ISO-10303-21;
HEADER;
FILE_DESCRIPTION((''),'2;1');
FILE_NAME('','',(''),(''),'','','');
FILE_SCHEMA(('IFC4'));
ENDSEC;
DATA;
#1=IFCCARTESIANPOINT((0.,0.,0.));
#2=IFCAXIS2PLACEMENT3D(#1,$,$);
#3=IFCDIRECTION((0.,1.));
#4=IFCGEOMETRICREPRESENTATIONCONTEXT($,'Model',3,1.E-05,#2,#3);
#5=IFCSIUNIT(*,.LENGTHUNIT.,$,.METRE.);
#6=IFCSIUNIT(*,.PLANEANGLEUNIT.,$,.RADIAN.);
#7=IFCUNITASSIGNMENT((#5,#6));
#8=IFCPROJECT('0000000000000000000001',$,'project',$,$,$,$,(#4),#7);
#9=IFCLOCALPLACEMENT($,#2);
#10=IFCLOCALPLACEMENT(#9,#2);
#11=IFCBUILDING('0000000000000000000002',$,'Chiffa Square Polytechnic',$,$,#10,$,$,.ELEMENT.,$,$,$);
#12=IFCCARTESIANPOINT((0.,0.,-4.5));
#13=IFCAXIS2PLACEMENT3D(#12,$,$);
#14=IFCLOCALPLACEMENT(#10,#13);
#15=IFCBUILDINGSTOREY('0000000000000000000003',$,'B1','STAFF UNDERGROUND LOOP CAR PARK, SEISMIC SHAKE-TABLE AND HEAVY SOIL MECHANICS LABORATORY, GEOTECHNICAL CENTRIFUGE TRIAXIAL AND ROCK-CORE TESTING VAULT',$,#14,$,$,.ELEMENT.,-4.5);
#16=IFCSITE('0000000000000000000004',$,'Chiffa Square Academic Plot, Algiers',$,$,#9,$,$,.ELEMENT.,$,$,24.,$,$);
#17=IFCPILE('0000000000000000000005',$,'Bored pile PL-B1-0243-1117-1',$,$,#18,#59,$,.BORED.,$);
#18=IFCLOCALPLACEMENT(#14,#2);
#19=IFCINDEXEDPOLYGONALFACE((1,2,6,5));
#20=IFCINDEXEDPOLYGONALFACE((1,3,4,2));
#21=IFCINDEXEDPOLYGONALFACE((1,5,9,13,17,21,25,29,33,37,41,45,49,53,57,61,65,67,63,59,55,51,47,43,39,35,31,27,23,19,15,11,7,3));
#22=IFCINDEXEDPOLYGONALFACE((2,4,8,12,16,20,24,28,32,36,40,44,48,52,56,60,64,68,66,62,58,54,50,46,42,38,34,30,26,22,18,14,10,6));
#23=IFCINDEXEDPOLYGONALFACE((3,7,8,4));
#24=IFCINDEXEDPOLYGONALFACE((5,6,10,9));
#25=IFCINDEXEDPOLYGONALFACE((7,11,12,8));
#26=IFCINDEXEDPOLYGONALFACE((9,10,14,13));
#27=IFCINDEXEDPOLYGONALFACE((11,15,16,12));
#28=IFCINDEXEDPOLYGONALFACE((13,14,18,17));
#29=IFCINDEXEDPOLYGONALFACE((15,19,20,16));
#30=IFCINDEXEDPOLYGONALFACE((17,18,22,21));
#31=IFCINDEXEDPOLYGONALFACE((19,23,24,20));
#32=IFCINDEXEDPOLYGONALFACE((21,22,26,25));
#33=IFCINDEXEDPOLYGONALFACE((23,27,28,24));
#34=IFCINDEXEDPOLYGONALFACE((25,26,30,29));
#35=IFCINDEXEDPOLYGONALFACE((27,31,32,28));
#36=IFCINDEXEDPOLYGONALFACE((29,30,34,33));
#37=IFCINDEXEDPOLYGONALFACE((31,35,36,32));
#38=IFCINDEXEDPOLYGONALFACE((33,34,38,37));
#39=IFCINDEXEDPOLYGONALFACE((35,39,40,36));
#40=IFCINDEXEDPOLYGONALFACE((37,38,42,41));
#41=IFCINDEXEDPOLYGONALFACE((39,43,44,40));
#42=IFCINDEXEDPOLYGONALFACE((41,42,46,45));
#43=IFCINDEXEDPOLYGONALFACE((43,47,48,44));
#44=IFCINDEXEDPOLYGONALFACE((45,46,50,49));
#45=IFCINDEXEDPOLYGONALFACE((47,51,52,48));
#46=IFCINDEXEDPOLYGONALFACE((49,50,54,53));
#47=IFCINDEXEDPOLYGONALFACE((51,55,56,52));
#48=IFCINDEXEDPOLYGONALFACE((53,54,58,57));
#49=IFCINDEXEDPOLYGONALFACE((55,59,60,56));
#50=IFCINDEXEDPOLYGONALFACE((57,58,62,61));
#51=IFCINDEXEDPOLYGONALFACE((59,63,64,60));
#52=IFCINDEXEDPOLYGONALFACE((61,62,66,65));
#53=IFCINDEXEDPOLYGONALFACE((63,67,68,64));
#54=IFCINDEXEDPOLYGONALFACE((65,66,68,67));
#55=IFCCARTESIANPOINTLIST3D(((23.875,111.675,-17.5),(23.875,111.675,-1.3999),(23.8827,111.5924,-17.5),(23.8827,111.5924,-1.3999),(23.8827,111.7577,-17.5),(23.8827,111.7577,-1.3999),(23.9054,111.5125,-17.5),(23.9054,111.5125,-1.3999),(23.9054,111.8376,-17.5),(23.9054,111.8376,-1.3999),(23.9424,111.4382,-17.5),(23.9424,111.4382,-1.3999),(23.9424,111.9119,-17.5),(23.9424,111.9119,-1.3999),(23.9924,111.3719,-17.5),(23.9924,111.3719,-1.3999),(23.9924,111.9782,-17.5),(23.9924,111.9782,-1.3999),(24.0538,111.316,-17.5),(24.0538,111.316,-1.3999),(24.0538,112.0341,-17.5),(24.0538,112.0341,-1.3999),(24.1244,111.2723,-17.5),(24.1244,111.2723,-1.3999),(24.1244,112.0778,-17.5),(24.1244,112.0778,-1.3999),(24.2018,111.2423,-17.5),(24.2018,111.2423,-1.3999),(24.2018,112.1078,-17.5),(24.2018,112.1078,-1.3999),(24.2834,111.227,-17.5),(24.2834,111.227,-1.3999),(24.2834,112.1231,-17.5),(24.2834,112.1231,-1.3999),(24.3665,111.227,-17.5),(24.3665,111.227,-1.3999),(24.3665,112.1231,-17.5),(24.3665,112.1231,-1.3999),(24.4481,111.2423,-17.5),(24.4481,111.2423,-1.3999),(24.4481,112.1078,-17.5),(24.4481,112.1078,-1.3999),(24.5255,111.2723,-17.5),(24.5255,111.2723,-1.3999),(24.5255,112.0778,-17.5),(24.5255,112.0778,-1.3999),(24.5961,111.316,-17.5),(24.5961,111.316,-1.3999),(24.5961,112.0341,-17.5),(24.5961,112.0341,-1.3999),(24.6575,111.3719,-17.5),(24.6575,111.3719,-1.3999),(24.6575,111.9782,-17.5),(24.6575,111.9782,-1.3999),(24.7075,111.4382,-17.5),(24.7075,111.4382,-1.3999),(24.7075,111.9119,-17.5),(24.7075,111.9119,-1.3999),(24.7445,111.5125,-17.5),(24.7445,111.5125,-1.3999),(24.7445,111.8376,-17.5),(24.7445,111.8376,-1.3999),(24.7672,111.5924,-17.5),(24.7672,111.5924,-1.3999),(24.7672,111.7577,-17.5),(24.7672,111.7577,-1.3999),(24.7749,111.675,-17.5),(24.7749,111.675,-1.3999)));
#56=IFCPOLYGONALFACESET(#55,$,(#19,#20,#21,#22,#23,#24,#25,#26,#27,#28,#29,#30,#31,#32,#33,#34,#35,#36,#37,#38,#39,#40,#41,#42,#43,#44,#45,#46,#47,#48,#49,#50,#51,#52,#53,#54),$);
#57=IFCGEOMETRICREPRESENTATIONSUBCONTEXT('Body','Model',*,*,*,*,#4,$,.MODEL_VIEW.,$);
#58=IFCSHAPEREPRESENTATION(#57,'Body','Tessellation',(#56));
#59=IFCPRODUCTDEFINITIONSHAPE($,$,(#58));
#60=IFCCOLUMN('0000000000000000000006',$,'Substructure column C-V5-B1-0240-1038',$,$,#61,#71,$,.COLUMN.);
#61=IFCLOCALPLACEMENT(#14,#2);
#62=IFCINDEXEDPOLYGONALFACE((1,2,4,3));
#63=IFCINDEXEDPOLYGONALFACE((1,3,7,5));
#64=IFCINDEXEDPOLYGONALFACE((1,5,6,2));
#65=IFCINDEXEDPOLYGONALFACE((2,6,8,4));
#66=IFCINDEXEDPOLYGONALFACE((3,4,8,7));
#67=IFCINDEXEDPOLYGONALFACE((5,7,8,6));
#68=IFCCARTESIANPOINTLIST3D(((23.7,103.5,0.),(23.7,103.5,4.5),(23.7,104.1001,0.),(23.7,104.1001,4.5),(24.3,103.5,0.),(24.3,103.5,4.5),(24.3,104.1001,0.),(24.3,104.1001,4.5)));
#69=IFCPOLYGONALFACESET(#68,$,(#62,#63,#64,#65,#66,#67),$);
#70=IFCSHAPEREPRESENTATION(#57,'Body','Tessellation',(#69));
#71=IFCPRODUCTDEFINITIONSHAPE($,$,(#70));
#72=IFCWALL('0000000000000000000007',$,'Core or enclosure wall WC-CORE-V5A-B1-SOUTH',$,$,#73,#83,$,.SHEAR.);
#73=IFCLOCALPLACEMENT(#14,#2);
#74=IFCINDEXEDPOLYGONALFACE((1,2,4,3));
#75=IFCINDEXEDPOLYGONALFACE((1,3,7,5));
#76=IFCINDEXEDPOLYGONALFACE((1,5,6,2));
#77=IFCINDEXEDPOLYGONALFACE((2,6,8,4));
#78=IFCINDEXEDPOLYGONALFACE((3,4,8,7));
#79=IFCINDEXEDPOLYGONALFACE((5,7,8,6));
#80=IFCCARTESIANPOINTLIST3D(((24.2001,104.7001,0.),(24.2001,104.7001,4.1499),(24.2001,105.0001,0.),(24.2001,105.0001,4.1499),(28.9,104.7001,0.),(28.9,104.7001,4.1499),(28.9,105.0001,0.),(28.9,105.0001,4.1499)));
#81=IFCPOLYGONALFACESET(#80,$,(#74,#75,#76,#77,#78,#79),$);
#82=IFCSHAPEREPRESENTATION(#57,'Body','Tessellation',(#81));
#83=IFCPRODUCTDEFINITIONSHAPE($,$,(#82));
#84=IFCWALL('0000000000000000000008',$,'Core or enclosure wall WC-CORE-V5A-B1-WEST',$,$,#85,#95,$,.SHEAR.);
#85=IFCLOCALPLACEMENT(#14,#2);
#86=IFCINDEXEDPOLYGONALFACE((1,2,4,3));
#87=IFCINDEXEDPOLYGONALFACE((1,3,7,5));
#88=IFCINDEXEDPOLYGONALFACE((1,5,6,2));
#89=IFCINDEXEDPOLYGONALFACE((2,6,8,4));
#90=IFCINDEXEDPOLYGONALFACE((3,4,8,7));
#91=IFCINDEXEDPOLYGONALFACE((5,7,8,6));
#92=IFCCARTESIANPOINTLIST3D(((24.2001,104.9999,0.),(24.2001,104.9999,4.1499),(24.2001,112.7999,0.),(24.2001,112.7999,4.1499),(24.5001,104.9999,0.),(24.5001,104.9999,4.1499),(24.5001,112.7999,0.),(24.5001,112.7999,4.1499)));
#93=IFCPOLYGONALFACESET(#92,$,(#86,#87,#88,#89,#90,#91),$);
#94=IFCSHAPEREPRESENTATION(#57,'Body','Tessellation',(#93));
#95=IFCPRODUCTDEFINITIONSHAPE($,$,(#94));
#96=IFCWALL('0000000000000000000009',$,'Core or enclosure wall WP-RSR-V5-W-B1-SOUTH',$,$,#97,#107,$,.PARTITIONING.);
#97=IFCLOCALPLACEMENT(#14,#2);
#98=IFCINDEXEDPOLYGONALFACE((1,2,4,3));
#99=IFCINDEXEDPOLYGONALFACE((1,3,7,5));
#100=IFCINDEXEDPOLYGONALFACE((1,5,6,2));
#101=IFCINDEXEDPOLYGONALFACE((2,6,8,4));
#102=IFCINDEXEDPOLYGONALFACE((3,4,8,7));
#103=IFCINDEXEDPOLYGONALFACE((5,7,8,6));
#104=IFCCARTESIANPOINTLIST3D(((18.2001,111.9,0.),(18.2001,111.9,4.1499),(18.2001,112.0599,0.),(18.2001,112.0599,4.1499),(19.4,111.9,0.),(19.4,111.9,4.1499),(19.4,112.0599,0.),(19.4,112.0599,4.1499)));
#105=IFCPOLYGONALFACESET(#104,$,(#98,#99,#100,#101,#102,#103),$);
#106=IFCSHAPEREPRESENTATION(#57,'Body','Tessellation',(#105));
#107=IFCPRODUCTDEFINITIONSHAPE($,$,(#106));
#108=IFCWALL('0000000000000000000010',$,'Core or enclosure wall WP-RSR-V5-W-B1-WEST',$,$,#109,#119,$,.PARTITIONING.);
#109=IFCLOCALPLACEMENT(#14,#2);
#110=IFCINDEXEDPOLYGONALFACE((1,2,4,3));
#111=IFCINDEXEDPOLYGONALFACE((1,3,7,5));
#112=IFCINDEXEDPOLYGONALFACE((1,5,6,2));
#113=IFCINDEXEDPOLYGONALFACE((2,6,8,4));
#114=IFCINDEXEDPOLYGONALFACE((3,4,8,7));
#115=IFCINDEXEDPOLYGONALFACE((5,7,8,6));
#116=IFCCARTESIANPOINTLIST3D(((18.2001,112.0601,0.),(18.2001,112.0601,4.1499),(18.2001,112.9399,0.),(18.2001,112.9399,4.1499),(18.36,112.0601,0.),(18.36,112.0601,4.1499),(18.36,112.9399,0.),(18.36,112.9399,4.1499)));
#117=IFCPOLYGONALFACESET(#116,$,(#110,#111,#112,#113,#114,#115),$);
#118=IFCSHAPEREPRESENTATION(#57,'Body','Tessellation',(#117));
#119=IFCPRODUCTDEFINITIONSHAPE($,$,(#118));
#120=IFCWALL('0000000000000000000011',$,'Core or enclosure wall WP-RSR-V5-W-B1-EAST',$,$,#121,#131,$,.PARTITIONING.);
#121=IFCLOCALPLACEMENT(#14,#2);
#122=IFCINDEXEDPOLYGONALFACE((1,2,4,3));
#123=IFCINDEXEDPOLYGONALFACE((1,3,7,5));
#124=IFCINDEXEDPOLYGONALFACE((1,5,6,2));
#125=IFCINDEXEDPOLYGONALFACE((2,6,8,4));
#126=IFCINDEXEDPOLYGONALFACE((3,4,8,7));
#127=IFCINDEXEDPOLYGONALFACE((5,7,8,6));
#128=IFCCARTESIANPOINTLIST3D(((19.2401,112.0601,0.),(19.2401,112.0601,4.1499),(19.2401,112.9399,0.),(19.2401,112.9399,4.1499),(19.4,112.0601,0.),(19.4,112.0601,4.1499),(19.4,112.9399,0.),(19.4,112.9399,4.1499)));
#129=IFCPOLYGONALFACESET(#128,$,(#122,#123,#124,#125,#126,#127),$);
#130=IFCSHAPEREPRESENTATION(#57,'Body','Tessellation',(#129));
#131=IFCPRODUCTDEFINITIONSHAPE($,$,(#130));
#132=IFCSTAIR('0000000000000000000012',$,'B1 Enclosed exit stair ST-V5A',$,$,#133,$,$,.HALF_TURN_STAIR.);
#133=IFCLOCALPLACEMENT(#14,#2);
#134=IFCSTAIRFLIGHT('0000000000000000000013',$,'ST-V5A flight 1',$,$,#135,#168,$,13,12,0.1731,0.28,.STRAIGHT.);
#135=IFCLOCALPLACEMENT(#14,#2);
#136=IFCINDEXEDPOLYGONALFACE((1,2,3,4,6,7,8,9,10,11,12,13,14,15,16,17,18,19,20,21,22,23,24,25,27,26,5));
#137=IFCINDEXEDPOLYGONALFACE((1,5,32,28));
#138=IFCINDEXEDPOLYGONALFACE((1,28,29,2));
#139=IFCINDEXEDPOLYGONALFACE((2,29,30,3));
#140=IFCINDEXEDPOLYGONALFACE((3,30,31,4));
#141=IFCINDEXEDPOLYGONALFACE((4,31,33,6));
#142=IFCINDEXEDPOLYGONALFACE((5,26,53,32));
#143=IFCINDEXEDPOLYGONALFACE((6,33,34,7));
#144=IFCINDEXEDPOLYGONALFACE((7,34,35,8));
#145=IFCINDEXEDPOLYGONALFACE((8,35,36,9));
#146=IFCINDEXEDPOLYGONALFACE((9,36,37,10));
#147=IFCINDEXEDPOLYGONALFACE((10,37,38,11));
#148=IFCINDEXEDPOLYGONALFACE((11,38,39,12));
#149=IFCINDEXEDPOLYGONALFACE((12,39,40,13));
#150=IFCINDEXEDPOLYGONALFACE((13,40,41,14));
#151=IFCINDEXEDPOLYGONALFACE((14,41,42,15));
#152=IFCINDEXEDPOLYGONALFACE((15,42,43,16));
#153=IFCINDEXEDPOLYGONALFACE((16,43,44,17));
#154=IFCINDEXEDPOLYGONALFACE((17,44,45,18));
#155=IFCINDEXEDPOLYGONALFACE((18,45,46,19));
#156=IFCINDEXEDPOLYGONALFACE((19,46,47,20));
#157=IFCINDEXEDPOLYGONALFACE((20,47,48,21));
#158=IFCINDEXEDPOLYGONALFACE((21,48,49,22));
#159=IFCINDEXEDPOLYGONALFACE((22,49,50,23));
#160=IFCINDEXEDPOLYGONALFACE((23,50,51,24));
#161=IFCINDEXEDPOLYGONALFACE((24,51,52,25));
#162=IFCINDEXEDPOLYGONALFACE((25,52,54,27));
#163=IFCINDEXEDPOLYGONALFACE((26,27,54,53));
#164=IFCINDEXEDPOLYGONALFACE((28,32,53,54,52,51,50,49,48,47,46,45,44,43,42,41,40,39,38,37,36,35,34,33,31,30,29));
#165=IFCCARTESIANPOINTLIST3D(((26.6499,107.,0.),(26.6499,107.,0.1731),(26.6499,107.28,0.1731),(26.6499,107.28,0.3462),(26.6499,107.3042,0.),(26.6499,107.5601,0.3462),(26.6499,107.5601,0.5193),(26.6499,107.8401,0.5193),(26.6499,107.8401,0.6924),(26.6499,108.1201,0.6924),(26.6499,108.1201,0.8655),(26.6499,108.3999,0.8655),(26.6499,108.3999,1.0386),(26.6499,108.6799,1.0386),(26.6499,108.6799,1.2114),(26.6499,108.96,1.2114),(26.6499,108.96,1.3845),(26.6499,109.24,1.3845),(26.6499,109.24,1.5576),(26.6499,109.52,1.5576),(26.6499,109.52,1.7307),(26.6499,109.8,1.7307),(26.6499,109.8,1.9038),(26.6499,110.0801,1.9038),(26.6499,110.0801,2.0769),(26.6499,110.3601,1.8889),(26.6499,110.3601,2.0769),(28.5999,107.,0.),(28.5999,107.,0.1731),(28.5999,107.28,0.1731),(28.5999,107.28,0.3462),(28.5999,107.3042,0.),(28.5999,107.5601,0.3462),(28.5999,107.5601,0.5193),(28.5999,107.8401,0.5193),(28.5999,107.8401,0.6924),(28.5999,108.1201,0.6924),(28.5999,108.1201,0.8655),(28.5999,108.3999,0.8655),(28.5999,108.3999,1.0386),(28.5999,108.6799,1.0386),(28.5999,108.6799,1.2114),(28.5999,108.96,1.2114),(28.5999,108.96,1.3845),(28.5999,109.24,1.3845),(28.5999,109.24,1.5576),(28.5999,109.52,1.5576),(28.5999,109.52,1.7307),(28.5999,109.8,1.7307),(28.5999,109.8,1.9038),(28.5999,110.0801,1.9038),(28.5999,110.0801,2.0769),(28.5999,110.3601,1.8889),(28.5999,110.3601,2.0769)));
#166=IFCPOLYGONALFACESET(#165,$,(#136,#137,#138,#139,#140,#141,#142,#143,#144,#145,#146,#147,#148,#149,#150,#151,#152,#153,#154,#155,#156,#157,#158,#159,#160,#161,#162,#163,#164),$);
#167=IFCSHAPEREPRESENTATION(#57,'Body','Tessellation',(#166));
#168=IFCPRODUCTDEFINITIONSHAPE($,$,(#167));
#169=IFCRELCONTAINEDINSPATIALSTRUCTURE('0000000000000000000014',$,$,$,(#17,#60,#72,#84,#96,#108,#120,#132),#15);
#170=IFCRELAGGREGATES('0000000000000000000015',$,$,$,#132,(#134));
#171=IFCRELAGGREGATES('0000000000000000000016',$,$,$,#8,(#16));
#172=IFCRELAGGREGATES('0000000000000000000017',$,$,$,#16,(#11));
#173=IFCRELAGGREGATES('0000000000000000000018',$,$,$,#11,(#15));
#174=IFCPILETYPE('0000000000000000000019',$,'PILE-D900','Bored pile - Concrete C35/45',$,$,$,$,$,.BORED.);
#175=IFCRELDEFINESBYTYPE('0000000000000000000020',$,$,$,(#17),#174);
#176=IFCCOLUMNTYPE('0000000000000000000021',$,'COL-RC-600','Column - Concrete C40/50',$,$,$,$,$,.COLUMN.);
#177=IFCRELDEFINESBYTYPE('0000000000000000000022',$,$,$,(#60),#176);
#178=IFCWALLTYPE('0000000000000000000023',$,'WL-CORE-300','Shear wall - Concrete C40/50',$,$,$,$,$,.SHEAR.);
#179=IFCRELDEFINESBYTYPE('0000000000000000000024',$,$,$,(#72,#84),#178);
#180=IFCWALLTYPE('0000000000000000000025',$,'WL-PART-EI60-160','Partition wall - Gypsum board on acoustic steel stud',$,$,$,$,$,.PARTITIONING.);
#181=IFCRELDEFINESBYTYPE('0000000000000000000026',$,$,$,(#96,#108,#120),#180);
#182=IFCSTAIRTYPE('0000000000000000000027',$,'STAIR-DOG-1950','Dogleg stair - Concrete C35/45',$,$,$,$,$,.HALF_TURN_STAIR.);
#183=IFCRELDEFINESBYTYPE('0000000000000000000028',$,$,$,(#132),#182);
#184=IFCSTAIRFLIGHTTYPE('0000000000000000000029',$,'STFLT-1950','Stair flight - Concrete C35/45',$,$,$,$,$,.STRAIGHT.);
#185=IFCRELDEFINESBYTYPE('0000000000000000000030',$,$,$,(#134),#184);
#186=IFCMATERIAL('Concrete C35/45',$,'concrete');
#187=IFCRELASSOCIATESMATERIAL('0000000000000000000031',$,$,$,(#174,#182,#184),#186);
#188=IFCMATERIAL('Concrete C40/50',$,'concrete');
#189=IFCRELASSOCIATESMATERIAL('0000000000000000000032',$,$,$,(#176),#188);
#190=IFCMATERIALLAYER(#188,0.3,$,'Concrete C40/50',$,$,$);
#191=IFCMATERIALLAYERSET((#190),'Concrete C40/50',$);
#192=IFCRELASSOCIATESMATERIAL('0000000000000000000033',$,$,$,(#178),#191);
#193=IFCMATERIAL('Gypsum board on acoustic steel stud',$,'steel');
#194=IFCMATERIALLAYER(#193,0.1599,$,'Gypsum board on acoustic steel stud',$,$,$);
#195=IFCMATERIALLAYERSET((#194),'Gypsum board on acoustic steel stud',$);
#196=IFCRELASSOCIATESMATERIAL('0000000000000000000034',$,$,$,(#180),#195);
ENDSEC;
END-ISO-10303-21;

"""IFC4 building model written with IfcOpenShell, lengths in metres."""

from ifc_helpers import new_model, si_unit, direction, frame, frame_2d, origin, origin_2d, place, context, subcontext, project, spatial, polyline, rectangle, circle, outline, extrude, material, layer, layer_set, material_profile, profile_set, type_object, element, aggregate, save


model = new_model("IFC4")

# Units and contexts
model_context = context("Model", 3, precision=1e-05, world=origin(), true_north=direction((0.0, 1.0)))
body_context = subcontext(model_context, "Body", "Model", "MODEL_VIEW")
ifc_project = project(units=[si_unit("LENGTHUNIT", "METRE"), si_unit("PLANEANGLEUNIT", "RADIAN")], contexts=[model_context])

# Site, building, storey
site_placement = place(None, origin())
site = spatial("IfcSite", under=ifc_project, at=site_placement, Name="Chiffa Square Academic Plot, Algiers", CompositionType="ELEMENT", RefElevation=24.0)
building_placement = place(site_placement, origin())
building = spatial("IfcBuilding", under=site, at=building_placement, Name="Chiffa Square Polytechnic", CompositionType="ELEMENT")
storey_placement = place(building_placement, frame((0.0, 0.0, -4.5)))
storey = spatial("IfcBuildingStorey", under=building, at=storey_placement, Name="B1", Description="STAFF UNDERGROUND LOOP CAR PARK, SEISMIC SHAKE-TABLE AND HEAVY SOIL MECHANICS LABORATORY, GEOTECHNICAL CENTRIFUGE TRIAXIAL AND ROCK-CORE TESTING VAULT", CompositionType="ELEMENT", Elevation=-4.5)

# Shared definitions
ifc_material_1 = material(Name="Concrete C35/45", Category="concrete")

# Pile
ifc_material_profile_1 = material_profile(ifc_material_1, circle(Radius=0.45, at=origin_2d()), Name="PILE D900")
ifc_profile_set_1 = profile_set([ifc_material_profile_1], Name="Concrete C35/45")
pile_type = type_object("IfcPileType", Name="PILE-D900", Description="Bored pile - Concrete C35/45", PredefinedType="BORED", material=ifc_profile_set_1)
pile_1_placement = place(storey_placement, frame((24.325, 111.675, -1.3999), z_axis=(0.0, 0.0, -1.0), x_axis=(1.0, 0.0, 0.0)))
element("IfcPile", 1, at=pile_1_placement, inside=storey, type_object=pile_type, Name="Bored pile PL-B1-0243-1117-1", PredefinedType="BORED", context=body_context, shape_type="SweptSolid", body=[
    extrude(circle(Radius=0.45, at=origin_2d()), origin(), (0.0, 0.0, 1.0), 16.1001),
])

# Column
ifc_material_2 = material(Name="Concrete C40/50", Category="concrete")
ifc_material_profile_2 = material_profile(ifc_material_2, rectangle(XDim=0.6001, YDim=0.6001, at=origin_2d()), Name="RC 600x600")
ifc_profile_set_2 = profile_set([ifc_material_profile_2], Name="Concrete C40/50")
column_type = type_object("IfcColumnType", Name="COL-RC-600", Description="Column - Concrete C40/50", PredefinedType="COLUMN", material=ifc_profile_set_2)
column_placement = place(storey_placement, frame((24.0, 103.8, 0.0), z_axis=(0.0, 0.0, 1.0), x_axis=(1.0, 0.0, 0.0)))
element("IfcColumn", 2, at=column_placement, inside=storey, type_object=column_type, Name="Substructure column C-V5-B1-0240-1038", PredefinedType="COLUMN", context=body_context, shape_type="SweptSolid", body=[
    extrude(rectangle(XDim=0.6001, YDim=0.6001, at=origin_2d()), origin(), (0.0, 0.0, 1.0), 4.5),
])

# Walls
ifc_layer_1 = layer(ifc_material_2, 0.3, Name="Concrete C40/50")
ifc_layer_set_1 = layer_set([ifc_layer_1], Name="Concrete C40/50")
wall_type_1 = type_object("IfcWallType", Name="WL-CORE-300", Description="Shear wall - Concrete C40/50", PredefinedType="SHEAR", material=ifc_layer_set_1)
wall_1_placement = place(storey_placement, frame((24.2, 104.8501, 0.0), z_axis=(0.0, 0.0, 1.0), x_axis=(1.0, 0.0, 0.0)))
element("IfcWall", 3, at=wall_1_placement, inside=storey, type_object=wall_type_1, Name="Core or enclosure wall WC-CORE-V5A-B1-SOUTH", PredefinedType="SHEAR", context=body_context, shape_type="SweptSolid", body=[
    extrude(rectangle(XDim=4.7, YDim=0.3, at=frame_2d((2.3501, 0.0))), origin(), (0.0, 0.0, 1.0), 4.1499),
])
wall_2_placement = place(storey_placement, frame((24.3501, 105.0, 0.0), z_axis=(0.0, 0.0, 1.0), x_axis=(0.0, 1.0, 0.0)))
element("IfcWall", 4, at=wall_2_placement, inside=storey, type_object=wall_type_1, Name="Core or enclosure wall WC-CORE-V5A-B1-WEST", PredefinedType="SHEAR", context=body_context, shape_type="SweptSolid", body=[
    extrude(rectangle(XDim=7.8, YDim=0.3, at=frame_2d((3.8999, 0.0))), origin(), (0.0, 0.0, 1.0), 4.1499),
])

# Walls
ifc_material_3 = material(Name="Gypsum board on acoustic steel stud", Category="steel")
ifc_layer_2 = layer(ifc_material_3, 0.1599, Name="Gypsum board on acoustic steel stud")
ifc_layer_set_2 = layer_set([ifc_layer_2], Name="Gypsum board on acoustic steel stud")
wall_type_2 = type_object("IfcWallType", Name="WL-PART-EI60-160", Description="Partition wall - Gypsum board on acoustic steel stud", PredefinedType="PARTITIONING", material=ifc_layer_set_2)
wall_3_placement = place(storey_placement, frame((18.2, 111.98, 0.0), z_axis=(0.0, 0.0, 1.0), x_axis=(1.0, 0.0, 0.0)))
element("IfcWall", 5, at=wall_3_placement, inside=storey, type_object=wall_type_2, Name="Core or enclosure wall WP-RSR-V5-W-B1-SOUTH", PredefinedType="PARTITIONING", context=body_context, shape_type="SweptSolid", body=[
    extrude(rectangle(XDim=1.2, YDim=0.1599, at=frame_2d((0.6001, 0.0))), origin(), (0.0, 0.0, 1.0), 4.1499),
])
for number, where, z_axis, x_axis, name in (
    (6, (18.28, 112.0601, 0.0), (0.0, 0.0, 1.0), (0.0, 1.0, 0.0), "Core or enclosure wall WP-RSR-V5-W-B1-WEST"),
    (7, (19.3201, 112.0601, 0.0), (0.0, 0.0, 1.0), (0.0, 1.0, 0.0), "Core or enclosure wall WP-RSR-V5-W-B1-EAST"),
):
    element("IfcWall", number, at=place(storey_placement, frame(where, z_axis=z_axis, x_axis=x_axis)), inside=storey, type_object=wall_type_2, Name=name, PredefinedType="PARTITIONING", context=body_context, shape_type="SweptSolid", body=[
        extrude(rectangle(XDim=0.8799, YDim=0.1599, at=frame_2d((0.4399, 0.0))), origin(), (0.0, 0.0, 1.0), 4.1499),
    ])

# Stair, stair flight
stair_type = type_object("IfcStairType", Name="STAIR-DOG-1950", Description="Dogleg stair - Concrete C35/45", PredefinedType="HALF_TURN_STAIR", material=ifc_material_1)
stair_placement = place(storey_placement, origin())
stair = element("IfcStair", 8, at=stair_placement, inside=storey, type_object=stair_type, Name="B1 Enclosed exit stair ST-V5A", PredefinedType="HALF_TURN_STAIR")
stair_flight_type = type_object("IfcStairFlightType", Name="STFLT-1950", Description="Stair flight - Concrete C35/45", PredefinedType="STRAIGHT", material=ifc_material_1)
stair_flight_1_placement = place(storey_placement, frame((27.625, 107.0, 0.0), z_axis=(0.0, 0.0, 1.0), x_axis=(0.0, 1.0, 0.0)))
stair_flight_1 = element("IfcStairFlight", 9, at=stair_flight_1_placement, type_object=stair_flight_type, Name="ST-V5A flight 1", NumberOfRisers=13, NumberOfTreads=12, PredefinedType="STRAIGHT", RiserHeight=0.1731, TreadLength=0.28, context=body_context, shape_type="SweptSolid", body=[
    extrude(outline(polyline([(0.0, 0.0), (0.0, 0.1731), (0.28, 0.1731), (0.28, 0.3462), (0.5601, 0.3462), (0.5601, 0.5193), (0.8401, 0.5193), (0.8401, 0.6924), (1.1201, 0.6924), (1.1201, 0.8655), (1.3999, 0.8655), (1.3999, 1.0386), (1.6799, 1.0386), (1.6799, 1.2114), (1.96, 1.2114), (1.96, 1.3845), (2.24, 1.3845), (2.24, 1.5576), (2.52, 1.5576), (2.52, 1.7307), (2.8, 1.7307), (2.8, 1.9038), (3.0801, 1.9038), (3.0801, 2.0769), (3.3601, 2.0769), (3.3601, 2.25), (3.3601, 1.8889), (0.3042, 0.0), (0.0, 0.0)])), frame((0.0, 0.9751, 0.0), z_axis=(0.0, -1.0, 0.0), x_axis=(1.0, 0.0, 0.0)), (0.0, 0.0, 1.0), 1.95),
])
aggregate(stair, [stair_flight_1])

save(model, "model.ifc")
